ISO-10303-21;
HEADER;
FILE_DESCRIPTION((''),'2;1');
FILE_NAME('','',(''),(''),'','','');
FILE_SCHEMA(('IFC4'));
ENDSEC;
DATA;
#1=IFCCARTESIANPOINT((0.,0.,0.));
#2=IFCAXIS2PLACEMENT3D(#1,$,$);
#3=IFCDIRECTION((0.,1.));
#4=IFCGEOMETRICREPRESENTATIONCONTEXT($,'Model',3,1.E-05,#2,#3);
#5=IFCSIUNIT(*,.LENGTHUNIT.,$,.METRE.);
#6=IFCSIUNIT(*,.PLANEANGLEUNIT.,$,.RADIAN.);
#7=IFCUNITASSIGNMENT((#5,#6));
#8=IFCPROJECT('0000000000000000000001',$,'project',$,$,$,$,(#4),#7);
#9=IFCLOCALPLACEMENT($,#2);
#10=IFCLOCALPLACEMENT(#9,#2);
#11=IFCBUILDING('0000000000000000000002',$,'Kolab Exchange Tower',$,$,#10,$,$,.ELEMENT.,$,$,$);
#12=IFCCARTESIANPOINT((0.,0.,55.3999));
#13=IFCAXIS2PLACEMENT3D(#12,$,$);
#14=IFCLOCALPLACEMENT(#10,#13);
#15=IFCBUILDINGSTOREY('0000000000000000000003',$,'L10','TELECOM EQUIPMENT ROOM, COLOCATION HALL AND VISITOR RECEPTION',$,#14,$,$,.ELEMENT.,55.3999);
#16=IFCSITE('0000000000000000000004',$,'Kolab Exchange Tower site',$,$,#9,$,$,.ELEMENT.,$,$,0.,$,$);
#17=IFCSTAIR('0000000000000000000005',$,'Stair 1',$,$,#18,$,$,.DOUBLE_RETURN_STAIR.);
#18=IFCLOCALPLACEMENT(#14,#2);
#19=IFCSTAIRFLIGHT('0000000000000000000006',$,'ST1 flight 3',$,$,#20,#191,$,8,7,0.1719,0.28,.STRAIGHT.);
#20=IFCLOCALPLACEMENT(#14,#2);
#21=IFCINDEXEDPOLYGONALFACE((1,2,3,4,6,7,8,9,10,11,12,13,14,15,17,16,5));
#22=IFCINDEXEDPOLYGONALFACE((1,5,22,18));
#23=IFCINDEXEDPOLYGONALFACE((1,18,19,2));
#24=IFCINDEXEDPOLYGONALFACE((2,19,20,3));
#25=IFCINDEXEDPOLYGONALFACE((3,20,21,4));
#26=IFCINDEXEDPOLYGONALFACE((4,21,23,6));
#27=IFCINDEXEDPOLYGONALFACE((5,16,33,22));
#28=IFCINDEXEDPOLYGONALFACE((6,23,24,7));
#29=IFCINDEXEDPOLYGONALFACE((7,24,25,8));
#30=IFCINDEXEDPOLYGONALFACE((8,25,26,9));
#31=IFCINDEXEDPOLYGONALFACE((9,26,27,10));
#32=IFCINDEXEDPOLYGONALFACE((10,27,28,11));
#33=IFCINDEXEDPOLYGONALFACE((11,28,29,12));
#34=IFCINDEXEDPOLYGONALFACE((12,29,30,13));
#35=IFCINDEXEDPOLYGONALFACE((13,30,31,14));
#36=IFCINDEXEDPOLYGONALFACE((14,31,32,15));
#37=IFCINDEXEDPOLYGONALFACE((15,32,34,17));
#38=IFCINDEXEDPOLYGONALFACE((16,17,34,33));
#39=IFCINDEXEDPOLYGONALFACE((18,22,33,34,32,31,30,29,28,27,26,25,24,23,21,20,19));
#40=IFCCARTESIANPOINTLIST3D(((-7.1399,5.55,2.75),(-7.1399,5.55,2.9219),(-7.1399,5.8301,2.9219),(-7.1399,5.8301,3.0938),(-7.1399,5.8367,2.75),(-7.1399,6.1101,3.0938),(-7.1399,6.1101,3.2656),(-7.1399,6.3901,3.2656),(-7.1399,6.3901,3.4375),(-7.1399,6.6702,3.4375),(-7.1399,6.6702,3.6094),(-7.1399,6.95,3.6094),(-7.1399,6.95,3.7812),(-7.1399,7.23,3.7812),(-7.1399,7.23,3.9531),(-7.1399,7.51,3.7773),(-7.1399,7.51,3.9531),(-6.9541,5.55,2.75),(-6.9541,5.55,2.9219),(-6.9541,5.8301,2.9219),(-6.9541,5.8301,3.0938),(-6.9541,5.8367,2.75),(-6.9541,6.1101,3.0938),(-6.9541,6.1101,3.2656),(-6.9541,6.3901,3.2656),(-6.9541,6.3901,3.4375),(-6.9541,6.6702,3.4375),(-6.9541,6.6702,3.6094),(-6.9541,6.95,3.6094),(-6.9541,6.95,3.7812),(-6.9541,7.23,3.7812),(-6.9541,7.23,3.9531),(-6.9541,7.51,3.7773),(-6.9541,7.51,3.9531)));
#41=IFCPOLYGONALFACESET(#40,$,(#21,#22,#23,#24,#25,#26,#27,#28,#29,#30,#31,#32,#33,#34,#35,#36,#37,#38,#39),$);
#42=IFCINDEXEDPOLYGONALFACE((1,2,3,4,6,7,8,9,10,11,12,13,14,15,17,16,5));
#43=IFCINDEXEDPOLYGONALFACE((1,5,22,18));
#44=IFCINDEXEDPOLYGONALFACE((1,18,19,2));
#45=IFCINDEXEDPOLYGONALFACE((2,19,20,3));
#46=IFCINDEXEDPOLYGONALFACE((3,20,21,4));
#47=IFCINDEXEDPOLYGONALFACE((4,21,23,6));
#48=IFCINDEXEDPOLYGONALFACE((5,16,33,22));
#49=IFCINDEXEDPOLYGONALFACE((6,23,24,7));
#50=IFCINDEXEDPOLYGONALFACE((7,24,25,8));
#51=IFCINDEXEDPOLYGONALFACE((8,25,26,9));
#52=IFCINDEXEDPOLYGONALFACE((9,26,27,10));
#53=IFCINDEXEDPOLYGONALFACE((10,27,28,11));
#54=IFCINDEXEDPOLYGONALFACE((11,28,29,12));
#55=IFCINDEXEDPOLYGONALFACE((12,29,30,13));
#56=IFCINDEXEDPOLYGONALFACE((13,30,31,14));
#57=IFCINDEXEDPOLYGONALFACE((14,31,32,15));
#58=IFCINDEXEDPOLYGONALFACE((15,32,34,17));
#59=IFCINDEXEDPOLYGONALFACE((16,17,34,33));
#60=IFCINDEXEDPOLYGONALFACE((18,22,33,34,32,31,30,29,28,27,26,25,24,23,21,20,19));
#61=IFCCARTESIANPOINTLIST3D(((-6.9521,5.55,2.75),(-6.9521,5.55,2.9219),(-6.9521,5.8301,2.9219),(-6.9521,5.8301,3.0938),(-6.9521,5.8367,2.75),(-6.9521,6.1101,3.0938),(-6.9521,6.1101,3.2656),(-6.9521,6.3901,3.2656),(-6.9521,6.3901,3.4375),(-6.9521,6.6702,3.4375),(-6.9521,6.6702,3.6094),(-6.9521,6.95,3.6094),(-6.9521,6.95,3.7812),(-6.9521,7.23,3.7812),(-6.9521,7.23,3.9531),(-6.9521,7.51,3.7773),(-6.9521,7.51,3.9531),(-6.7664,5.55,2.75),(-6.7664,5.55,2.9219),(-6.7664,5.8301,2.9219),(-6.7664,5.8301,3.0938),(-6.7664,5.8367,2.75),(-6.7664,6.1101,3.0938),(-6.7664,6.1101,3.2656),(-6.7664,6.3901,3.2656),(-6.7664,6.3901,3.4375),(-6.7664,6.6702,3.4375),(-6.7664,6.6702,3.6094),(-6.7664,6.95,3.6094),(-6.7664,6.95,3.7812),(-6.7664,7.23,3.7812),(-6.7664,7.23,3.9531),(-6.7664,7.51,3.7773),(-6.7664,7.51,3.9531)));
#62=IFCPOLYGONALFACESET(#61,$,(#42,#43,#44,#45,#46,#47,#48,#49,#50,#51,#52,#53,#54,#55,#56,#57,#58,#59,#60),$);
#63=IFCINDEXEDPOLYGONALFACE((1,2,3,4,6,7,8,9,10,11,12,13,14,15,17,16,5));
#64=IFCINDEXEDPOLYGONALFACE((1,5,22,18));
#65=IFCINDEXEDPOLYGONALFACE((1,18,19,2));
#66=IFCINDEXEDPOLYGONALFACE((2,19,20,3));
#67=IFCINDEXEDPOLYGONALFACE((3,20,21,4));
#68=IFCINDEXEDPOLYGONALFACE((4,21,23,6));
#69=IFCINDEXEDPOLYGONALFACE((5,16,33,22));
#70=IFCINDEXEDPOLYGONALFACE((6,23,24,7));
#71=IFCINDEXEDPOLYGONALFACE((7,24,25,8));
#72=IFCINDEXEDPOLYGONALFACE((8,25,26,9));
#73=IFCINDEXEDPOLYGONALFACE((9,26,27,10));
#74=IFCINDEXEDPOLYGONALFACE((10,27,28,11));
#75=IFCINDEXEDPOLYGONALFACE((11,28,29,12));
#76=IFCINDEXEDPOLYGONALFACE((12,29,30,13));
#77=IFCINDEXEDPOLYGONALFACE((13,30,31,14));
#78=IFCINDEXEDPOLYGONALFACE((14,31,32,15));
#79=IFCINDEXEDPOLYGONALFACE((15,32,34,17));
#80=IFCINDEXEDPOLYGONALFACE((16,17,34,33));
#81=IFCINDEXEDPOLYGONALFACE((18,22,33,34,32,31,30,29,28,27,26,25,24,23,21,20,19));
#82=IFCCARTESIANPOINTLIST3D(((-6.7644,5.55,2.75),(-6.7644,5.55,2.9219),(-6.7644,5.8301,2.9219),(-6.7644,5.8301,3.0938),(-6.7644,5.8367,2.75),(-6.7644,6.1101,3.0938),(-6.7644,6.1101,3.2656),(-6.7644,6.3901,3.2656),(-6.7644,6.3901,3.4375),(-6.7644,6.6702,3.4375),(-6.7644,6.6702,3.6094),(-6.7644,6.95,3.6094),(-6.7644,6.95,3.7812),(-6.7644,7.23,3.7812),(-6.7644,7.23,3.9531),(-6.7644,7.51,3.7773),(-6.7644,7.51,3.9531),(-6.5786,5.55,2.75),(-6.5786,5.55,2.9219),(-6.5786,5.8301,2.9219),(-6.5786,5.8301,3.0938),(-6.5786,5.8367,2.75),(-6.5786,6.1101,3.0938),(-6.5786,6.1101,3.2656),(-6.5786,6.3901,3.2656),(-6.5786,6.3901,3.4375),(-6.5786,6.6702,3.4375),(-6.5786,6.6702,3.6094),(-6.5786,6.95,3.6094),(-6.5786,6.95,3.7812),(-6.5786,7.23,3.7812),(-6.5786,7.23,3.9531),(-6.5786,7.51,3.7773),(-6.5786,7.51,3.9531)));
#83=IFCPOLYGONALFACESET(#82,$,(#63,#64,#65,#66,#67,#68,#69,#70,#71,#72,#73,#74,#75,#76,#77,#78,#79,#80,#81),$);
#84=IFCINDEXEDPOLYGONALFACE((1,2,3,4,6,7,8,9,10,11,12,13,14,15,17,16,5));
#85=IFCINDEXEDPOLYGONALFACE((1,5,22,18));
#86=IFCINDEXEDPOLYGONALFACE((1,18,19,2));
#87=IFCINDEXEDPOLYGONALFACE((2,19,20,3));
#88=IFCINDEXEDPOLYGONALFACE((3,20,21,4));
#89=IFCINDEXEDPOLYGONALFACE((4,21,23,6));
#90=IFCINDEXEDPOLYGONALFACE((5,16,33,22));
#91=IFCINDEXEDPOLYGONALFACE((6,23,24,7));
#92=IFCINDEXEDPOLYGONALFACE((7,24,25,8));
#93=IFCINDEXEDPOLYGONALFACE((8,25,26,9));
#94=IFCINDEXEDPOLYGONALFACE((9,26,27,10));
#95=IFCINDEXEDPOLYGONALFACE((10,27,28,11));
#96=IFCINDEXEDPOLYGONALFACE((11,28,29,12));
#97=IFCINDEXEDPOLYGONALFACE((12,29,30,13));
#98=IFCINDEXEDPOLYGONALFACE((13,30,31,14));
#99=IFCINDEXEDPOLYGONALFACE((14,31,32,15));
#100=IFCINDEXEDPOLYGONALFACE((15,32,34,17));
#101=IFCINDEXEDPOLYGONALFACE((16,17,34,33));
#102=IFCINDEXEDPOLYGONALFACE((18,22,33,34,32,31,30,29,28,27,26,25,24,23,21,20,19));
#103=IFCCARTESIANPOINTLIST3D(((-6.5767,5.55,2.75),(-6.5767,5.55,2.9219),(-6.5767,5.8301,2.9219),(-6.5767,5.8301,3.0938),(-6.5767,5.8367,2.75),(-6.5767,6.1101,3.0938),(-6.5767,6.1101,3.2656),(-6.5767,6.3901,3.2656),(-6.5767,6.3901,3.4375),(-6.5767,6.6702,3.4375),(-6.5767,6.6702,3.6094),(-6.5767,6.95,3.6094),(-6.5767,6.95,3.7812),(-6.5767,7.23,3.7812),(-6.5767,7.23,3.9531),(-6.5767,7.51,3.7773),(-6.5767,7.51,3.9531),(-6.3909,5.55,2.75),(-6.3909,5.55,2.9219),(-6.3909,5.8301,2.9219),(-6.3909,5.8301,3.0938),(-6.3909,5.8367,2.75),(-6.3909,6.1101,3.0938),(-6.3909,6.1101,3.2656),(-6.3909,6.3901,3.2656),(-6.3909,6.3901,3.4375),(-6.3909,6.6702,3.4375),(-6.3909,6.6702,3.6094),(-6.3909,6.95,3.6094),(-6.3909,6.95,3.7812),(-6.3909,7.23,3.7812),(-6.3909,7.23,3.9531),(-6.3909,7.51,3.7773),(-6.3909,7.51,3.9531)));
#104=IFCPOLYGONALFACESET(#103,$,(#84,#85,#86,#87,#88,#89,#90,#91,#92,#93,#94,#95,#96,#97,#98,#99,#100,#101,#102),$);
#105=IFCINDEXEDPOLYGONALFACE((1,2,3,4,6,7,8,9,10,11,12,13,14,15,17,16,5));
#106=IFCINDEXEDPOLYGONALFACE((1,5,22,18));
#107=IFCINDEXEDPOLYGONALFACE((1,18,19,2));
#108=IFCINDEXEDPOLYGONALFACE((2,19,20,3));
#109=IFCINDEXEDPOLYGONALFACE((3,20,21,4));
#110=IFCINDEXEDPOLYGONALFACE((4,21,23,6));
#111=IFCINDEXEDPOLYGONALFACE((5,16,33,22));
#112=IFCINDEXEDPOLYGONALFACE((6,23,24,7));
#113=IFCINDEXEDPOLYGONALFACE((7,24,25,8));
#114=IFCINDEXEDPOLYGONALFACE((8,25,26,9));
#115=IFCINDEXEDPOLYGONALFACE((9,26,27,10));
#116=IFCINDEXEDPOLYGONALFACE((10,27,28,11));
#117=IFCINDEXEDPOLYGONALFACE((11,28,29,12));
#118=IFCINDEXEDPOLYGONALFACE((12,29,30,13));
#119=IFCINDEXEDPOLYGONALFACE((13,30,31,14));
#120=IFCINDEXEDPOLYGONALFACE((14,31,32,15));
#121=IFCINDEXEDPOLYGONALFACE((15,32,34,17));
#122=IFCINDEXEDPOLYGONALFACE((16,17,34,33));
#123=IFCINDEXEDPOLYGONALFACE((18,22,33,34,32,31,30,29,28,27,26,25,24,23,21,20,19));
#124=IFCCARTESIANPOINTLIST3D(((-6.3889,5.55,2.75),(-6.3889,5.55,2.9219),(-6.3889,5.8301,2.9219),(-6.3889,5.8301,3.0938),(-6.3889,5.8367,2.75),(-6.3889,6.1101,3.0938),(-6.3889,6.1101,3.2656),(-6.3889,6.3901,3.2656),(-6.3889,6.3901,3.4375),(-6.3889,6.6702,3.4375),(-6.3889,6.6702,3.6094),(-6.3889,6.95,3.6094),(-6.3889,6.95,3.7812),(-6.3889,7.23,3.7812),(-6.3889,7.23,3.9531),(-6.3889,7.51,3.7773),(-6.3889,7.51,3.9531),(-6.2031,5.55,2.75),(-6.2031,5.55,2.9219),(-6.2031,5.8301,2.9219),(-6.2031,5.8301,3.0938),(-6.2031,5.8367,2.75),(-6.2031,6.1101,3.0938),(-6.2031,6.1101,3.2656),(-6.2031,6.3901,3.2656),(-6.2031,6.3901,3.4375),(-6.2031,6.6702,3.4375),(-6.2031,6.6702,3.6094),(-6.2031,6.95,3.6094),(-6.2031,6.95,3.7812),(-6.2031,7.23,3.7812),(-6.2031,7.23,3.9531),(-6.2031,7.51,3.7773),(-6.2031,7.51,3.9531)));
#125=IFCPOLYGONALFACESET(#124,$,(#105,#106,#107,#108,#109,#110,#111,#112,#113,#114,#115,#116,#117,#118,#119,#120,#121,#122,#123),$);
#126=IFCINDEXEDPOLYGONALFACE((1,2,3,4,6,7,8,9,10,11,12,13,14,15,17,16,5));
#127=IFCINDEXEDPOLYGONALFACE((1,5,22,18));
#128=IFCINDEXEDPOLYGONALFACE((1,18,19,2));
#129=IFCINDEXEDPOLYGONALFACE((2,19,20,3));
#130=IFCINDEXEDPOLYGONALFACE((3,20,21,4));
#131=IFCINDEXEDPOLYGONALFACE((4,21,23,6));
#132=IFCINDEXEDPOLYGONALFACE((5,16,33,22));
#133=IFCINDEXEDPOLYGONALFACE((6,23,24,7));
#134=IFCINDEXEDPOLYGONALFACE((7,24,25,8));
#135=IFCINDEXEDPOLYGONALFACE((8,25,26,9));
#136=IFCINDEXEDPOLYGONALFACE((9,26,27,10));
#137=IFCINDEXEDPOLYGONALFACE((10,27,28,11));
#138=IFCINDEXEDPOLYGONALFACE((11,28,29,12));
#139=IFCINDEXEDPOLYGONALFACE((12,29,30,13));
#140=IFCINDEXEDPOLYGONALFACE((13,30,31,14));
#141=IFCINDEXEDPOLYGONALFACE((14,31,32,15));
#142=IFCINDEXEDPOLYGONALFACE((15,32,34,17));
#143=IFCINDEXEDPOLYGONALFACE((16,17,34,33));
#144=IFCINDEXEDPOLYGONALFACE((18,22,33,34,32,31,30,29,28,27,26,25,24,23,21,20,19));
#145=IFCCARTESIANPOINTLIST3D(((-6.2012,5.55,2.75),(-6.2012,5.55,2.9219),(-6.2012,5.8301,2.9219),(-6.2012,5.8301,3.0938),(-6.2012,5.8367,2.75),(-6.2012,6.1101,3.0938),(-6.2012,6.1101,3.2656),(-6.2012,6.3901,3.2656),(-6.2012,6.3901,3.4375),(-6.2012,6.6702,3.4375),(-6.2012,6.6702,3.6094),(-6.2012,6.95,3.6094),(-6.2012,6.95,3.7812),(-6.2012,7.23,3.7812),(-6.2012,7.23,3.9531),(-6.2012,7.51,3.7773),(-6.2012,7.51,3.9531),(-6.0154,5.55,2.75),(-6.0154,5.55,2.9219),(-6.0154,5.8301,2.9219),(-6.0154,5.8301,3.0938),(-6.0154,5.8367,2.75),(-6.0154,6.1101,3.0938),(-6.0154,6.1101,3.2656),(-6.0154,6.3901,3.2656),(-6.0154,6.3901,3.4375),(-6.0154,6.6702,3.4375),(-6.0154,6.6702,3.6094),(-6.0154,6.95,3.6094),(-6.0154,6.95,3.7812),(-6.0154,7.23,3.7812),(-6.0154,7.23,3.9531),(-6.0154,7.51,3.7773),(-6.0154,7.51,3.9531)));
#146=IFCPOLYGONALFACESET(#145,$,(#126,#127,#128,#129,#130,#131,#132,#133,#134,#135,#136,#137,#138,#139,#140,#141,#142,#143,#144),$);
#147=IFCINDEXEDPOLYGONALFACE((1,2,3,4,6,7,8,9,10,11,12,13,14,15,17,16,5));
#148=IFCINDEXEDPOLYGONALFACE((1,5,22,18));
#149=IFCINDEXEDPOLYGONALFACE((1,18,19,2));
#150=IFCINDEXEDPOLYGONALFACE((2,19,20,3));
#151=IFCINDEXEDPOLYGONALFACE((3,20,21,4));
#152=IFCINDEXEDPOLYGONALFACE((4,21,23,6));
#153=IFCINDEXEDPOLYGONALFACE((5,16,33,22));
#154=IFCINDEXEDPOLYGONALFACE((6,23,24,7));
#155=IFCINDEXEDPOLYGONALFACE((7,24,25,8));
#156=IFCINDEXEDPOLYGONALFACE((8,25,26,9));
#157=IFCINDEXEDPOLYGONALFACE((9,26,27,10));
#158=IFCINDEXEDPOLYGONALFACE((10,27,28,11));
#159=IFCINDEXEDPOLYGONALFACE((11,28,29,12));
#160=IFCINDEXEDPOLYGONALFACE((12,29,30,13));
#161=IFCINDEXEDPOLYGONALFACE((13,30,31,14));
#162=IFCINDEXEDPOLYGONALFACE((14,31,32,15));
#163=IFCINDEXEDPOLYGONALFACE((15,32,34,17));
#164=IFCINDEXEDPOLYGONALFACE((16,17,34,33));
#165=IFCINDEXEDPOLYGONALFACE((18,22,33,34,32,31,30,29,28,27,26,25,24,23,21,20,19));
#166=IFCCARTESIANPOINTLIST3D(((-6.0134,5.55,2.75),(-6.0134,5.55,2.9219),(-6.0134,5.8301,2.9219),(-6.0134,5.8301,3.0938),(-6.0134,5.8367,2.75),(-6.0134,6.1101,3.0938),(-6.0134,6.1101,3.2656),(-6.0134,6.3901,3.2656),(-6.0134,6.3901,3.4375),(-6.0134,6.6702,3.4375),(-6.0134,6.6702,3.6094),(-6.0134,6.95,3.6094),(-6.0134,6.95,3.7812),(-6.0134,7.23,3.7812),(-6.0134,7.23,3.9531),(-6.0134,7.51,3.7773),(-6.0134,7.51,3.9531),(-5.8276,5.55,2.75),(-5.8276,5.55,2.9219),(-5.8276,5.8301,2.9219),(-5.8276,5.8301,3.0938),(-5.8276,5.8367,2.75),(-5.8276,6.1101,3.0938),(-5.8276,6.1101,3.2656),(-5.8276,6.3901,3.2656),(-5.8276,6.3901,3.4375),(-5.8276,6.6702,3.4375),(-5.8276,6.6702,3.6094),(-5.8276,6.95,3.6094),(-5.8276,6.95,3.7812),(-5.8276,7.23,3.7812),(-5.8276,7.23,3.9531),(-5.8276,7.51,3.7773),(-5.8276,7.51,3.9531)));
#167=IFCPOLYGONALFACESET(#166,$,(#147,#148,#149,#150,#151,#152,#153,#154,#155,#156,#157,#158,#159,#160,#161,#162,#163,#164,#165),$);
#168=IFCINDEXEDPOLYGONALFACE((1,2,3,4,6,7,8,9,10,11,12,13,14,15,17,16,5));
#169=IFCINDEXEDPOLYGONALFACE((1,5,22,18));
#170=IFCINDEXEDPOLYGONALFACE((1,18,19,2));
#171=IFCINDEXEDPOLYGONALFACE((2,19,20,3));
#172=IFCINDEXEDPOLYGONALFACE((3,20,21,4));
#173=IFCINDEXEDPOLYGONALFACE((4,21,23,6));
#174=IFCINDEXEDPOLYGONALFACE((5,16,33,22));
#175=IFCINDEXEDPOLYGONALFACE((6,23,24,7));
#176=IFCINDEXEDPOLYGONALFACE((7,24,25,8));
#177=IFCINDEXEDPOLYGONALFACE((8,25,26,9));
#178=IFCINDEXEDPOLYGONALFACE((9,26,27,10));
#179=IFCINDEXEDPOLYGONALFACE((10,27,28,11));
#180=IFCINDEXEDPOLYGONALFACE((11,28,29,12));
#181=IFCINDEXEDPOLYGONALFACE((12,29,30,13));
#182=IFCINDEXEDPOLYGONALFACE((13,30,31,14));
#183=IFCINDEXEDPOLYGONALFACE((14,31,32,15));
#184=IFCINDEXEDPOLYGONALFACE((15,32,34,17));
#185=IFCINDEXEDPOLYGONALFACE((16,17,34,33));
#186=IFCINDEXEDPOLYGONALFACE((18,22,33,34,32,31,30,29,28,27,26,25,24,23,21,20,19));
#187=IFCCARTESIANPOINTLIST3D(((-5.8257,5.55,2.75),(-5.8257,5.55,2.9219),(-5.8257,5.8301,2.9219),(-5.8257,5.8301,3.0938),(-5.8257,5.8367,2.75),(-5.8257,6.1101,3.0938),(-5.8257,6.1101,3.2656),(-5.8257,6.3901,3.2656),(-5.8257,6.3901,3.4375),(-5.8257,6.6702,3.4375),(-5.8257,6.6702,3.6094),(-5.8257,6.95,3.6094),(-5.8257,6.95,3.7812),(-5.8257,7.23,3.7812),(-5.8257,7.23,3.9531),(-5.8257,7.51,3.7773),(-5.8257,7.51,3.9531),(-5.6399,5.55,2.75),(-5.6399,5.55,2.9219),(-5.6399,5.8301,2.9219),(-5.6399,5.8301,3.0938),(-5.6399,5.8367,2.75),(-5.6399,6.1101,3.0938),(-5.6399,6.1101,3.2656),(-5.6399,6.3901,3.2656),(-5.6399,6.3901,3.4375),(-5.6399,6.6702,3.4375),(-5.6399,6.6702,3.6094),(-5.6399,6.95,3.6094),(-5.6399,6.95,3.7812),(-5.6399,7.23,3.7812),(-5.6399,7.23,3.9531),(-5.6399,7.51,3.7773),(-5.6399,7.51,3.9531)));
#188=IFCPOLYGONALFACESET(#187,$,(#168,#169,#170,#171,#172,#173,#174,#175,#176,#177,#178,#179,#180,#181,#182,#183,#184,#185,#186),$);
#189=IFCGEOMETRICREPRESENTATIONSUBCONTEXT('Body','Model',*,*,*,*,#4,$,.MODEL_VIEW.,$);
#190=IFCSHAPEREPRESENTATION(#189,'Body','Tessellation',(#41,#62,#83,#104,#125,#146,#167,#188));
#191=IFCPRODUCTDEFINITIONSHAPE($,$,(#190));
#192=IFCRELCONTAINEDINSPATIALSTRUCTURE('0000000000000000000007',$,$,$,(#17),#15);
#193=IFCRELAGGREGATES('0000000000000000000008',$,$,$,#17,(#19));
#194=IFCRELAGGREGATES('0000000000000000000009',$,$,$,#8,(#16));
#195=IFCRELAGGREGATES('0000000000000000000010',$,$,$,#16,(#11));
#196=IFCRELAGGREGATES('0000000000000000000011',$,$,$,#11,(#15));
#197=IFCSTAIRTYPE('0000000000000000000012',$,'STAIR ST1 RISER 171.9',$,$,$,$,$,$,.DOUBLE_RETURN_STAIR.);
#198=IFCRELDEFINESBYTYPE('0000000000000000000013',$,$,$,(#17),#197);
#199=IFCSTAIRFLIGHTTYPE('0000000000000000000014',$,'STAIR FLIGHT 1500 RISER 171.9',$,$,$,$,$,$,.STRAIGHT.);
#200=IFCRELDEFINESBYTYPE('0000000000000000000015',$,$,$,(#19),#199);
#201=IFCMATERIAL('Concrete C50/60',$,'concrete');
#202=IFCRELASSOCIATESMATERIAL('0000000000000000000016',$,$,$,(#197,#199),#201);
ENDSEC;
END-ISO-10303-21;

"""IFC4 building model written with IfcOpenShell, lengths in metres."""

from ifc_helpers import new_model, si_unit, direction, frame, origin, place, context, subcontext, project, spatial, polyline, outline, extrude, material, type_object, element, aggregate, save


model = new_model("IFC4")

# Units and contexts
model_context = context("Model", 3, precision=1e-05, world=origin(), true_north=direction((0.0, 1.0)))
body_context = subcontext(model_context, "Body", "Model", "MODEL_VIEW")
ifc_project = project(units=[si_unit("LENGTHUNIT", "METRE"), si_unit("PLANEANGLEUNIT", "RADIAN")], contexts=[model_context])

# Site, building, storey
site_placement = place(None, origin())
site = spatial("IfcSite", under=ifc_project, at=site_placement, Name="Kolab Exchange Tower site", CompositionType="ELEMENT", RefElevation=0.0)
building_placement = place(site_placement, origin())
building = spatial("IfcBuilding", under=site, at=building_placement, Name="Kolab Exchange Tower", CompositionType="ELEMENT")
storey_placement = place(building_placement, frame((0.0, 0.0, 55.3999)))
storey = spatial("IfcBuildingStorey", under=building, at=storey_placement, Name="L10", Description="TELECOM EQUIPMENT ROOM, COLOCATION HALL AND VISITOR RECEPTION", CompositionType="ELEMENT", Elevation=55.3999)

# Shared definitions
ifc_material_1 = material(Name="Concrete C50/60", Category="concrete")

# Stair, stair flight
stair_type = type_object("IfcStairType", Name="STAIR ST1 RISER 171.9", PredefinedType="DOUBLE_RETURN_STAIR", material=ifc_material_1)
stair_placement = place(storey_placement, origin())
stair = element("IfcStair", 1, at=stair_placement, inside=storey, type_object=stair_type, Name="Stair 1", PredefinedType="DOUBLE_RETURN_STAIR")
stair_flight_type = type_object("IfcStairFlightType", Name="STAIR FLIGHT 1500 RISER 171.9", PredefinedType="STRAIGHT", material=ifc_material_1)
stair_flight_1_placement = place(storey_placement, frame((-6.3899, 5.55, 2.75), z_axis=(0.0, 0.0, 1.0), x_axis=(0.0, 1.0, 0.0)))
stair_flight_1 = element("IfcStairFlight", 2, at=stair_flight_1_placement, type_object=stair_flight_type, Name="ST1 flight 3", NumberOfRisers=8, NumberOfTreads=7, PredefinedType="STRAIGHT", RiserHeight=0.1719, TreadLength=0.28, context=body_context, shape_type="SweptSolid", body=[
    extrude(outline(polyline([(0.0, 0.0), (0.0, 0.1719), (0.28, 0.1719), (0.28, 0.3438), (0.5601, 0.3438), (0.5601, 0.5156), (0.8401, 0.5156), (0.8401, 0.6875), (1.1201, 0.6875), (1.1201, 0.8594), (1.3999, 0.8594), (1.3999, 1.0312), (1.6799, 1.0312), (1.6799, 1.2031), (1.96, 1.2031), (1.96, 1.375), (1.96, 1.0273), (0.2866, 0.0), (0.0, 0.0)])), frame((0.0, 0.75, 0.0), z_axis=(0.0, -1.0, 0.0), x_axis=(1.0, 0.0, 0.0)), (0.0, 0.0, 1.0), 0.1858),
    extrude(outline(polyline([(0.0, 0.0), (0.0, 0.1719), (0.28, 0.1719), (0.28, 0.3438), (0.5601, 0.3438), (0.5601, 0.5156), (0.8401, 0.5156), (0.8401, 0.6875), (1.1201, 0.6875), (1.1201, 0.8594), (1.3999, 0.8594), (1.3999, 1.0312), (1.6799, 1.0312), (1.6799, 1.2031), (1.96, 1.2031), (1.96, 1.375), (1.96, 1.0273), (0.2866, 0.0), (0.0, 0.0)])), frame((0.0, 0.5623, 0.0), z_axis=(0.0, -1.0, 0.0), x_axis=(1.0, 0.0, 0.0)), (0.0, 0.0, 1.0), 0.1858),
    extrude(outline(polyline([(0.0, 0.0), (0.0, 0.1719), (0.28, 0.1719), (0.28, 0.3438), (0.5601, 0.3438), (0.5601, 0.5156), (0.8401, 0.5156), (0.8401, 0.6875), (1.1201, 0.6875), (1.1201, 0.8594), (1.3999, 0.8594), (1.3999, 1.0312), (1.6799, 1.0312), (1.6799, 1.2031), (1.96, 1.2031), (1.96, 1.375), (1.96, 1.0273), (0.2866, 0.0), (0.0, 0.0)])), frame((0.0, 0.3745, 0.0), z_axis=(0.0, -1.0, 0.0), x_axis=(1.0, 0.0, 0.0)), (0.0, 0.0, 1.0), 0.1858),
    extrude(outline(polyline([(0.0, 0.0), (0.0, 0.1719), (0.28, 0.1719), (0.28, 0.3438), (0.5601, 0.3438), (0.5601, 0.5156), (0.8401, 0.5156), (0.8401, 0.6875), (1.1201, 0.6875), (1.1201, 0.8594), (1.3999, 0.8594), (1.3999, 1.0312), (1.6799, 1.0312), (1.6799, 1.2031), (1.96, 1.2031), (1.96, 1.375), (1.96, 1.0273), (0.2866, 0.0), (0.0, 0.0)])), frame((0.0, 0.1868, 0.0), z_axis=(0.0, -1.0, 0.0), x_axis=(1.0, 0.0, 0.0)), (0.0, 0.0, 1.0), 0.1858),
    extrude(outline(polyline([(0.0, 0.0), (0.0, 0.1719), (0.28, 0.1719), (0.28, 0.3438), (0.5601, 0.3438), (0.5601, 0.5156), (0.8401, 0.5156), (0.8401, 0.6875), (1.1201, 0.6875), (1.1201, 0.8594), (1.3999, 0.8594), (1.3999, 1.0312), (1.6799, 1.0312), (1.6799, 1.2031), (1.96, 1.2031), (1.96, 1.375), (1.96, 1.0273), (0.2866, 0.0), (0.0, 0.0)])), frame((0.0, -0.001, 0.0), z_axis=(0.0, -1.0, 0.0), x_axis=(1.0, 0.0, 0.0)), (0.0, 0.0, 1.0), 0.1858),
    extrude(outline(polyline([(0.0, 0.0), (0.0, 0.1719), (0.28, 0.1719), (0.28, 0.3438), (0.5601, 0.3438), (0.5601, 0.5156), (0.8401, 0.5156), (0.8401, 0.6875), (1.1201, 0.6875), (1.1201, 0.8594), (1.3999, 0.8594), (1.3999, 1.0312), (1.6799, 1.0312), (1.6799, 1.2031), (1.96, 1.2031), (1.96, 1.375), (1.96, 1.0273), (0.2866, 0.0), (0.0, 0.0)])), frame((0.0, -0.1887, 0.0), z_axis=(0.0, -1.0, 0.0), x_axis=(1.0, 0.0, 0.0)), (0.0, 0.0, 1.0), 0.1858),
    extrude(outline(polyline([(0.0, 0.0), (0.0, 0.1719), (0.28, 0.1719), (0.28, 0.3438), (0.5601, 0.3438), (0.5601, 0.5156), (0.8401, 0.5156), (0.8401, 0.6875), (1.1201, 0.6875), (1.1201, 0.8594), (1.3999, 0.8594), (1.3999, 1.0312), (1.6799, 1.0312), (1.6799, 1.2031), (1.96, 1.2031), (1.96, 1.375), (1.96, 1.0273), (0.2866, 0.0), (0.0, 0.0)])), frame((0.0, -0.3765, 0.0), z_axis=(0.0, -1.0, 0.0), x_axis=(1.0, 0.0, 0.0)), (0.0, 0.0, 1.0), 0.1858),
    extrude(outline(polyline([(0.0, 0.0), (0.0, 0.1719), (0.28, 0.1719), (0.28, 0.3438), (0.5601, 0.3438), (0.5601, 0.5156), (0.8401, 0.5156), (0.8401, 0.6875), (1.1201, 0.6875), (1.1201, 0.8594), (1.3999, 0.8594), (1.3999, 1.0312), (1.6799, 1.0312), (1.6799, 1.2031), (1.96, 1.2031), (1.96, 1.375), (1.96, 1.0273), (0.2866, 0.0), (0.0, 0.0)])), frame((0.0, -0.5642, 0.0), z_axis=(0.0, -1.0, 0.0), x_axis=(1.0, 0.0, 0.0)), (0.0, 0.0, 1.0), 0.1858),
])
aggregate(stair, [stair_flight_1])

save(model, "model.ifc")
